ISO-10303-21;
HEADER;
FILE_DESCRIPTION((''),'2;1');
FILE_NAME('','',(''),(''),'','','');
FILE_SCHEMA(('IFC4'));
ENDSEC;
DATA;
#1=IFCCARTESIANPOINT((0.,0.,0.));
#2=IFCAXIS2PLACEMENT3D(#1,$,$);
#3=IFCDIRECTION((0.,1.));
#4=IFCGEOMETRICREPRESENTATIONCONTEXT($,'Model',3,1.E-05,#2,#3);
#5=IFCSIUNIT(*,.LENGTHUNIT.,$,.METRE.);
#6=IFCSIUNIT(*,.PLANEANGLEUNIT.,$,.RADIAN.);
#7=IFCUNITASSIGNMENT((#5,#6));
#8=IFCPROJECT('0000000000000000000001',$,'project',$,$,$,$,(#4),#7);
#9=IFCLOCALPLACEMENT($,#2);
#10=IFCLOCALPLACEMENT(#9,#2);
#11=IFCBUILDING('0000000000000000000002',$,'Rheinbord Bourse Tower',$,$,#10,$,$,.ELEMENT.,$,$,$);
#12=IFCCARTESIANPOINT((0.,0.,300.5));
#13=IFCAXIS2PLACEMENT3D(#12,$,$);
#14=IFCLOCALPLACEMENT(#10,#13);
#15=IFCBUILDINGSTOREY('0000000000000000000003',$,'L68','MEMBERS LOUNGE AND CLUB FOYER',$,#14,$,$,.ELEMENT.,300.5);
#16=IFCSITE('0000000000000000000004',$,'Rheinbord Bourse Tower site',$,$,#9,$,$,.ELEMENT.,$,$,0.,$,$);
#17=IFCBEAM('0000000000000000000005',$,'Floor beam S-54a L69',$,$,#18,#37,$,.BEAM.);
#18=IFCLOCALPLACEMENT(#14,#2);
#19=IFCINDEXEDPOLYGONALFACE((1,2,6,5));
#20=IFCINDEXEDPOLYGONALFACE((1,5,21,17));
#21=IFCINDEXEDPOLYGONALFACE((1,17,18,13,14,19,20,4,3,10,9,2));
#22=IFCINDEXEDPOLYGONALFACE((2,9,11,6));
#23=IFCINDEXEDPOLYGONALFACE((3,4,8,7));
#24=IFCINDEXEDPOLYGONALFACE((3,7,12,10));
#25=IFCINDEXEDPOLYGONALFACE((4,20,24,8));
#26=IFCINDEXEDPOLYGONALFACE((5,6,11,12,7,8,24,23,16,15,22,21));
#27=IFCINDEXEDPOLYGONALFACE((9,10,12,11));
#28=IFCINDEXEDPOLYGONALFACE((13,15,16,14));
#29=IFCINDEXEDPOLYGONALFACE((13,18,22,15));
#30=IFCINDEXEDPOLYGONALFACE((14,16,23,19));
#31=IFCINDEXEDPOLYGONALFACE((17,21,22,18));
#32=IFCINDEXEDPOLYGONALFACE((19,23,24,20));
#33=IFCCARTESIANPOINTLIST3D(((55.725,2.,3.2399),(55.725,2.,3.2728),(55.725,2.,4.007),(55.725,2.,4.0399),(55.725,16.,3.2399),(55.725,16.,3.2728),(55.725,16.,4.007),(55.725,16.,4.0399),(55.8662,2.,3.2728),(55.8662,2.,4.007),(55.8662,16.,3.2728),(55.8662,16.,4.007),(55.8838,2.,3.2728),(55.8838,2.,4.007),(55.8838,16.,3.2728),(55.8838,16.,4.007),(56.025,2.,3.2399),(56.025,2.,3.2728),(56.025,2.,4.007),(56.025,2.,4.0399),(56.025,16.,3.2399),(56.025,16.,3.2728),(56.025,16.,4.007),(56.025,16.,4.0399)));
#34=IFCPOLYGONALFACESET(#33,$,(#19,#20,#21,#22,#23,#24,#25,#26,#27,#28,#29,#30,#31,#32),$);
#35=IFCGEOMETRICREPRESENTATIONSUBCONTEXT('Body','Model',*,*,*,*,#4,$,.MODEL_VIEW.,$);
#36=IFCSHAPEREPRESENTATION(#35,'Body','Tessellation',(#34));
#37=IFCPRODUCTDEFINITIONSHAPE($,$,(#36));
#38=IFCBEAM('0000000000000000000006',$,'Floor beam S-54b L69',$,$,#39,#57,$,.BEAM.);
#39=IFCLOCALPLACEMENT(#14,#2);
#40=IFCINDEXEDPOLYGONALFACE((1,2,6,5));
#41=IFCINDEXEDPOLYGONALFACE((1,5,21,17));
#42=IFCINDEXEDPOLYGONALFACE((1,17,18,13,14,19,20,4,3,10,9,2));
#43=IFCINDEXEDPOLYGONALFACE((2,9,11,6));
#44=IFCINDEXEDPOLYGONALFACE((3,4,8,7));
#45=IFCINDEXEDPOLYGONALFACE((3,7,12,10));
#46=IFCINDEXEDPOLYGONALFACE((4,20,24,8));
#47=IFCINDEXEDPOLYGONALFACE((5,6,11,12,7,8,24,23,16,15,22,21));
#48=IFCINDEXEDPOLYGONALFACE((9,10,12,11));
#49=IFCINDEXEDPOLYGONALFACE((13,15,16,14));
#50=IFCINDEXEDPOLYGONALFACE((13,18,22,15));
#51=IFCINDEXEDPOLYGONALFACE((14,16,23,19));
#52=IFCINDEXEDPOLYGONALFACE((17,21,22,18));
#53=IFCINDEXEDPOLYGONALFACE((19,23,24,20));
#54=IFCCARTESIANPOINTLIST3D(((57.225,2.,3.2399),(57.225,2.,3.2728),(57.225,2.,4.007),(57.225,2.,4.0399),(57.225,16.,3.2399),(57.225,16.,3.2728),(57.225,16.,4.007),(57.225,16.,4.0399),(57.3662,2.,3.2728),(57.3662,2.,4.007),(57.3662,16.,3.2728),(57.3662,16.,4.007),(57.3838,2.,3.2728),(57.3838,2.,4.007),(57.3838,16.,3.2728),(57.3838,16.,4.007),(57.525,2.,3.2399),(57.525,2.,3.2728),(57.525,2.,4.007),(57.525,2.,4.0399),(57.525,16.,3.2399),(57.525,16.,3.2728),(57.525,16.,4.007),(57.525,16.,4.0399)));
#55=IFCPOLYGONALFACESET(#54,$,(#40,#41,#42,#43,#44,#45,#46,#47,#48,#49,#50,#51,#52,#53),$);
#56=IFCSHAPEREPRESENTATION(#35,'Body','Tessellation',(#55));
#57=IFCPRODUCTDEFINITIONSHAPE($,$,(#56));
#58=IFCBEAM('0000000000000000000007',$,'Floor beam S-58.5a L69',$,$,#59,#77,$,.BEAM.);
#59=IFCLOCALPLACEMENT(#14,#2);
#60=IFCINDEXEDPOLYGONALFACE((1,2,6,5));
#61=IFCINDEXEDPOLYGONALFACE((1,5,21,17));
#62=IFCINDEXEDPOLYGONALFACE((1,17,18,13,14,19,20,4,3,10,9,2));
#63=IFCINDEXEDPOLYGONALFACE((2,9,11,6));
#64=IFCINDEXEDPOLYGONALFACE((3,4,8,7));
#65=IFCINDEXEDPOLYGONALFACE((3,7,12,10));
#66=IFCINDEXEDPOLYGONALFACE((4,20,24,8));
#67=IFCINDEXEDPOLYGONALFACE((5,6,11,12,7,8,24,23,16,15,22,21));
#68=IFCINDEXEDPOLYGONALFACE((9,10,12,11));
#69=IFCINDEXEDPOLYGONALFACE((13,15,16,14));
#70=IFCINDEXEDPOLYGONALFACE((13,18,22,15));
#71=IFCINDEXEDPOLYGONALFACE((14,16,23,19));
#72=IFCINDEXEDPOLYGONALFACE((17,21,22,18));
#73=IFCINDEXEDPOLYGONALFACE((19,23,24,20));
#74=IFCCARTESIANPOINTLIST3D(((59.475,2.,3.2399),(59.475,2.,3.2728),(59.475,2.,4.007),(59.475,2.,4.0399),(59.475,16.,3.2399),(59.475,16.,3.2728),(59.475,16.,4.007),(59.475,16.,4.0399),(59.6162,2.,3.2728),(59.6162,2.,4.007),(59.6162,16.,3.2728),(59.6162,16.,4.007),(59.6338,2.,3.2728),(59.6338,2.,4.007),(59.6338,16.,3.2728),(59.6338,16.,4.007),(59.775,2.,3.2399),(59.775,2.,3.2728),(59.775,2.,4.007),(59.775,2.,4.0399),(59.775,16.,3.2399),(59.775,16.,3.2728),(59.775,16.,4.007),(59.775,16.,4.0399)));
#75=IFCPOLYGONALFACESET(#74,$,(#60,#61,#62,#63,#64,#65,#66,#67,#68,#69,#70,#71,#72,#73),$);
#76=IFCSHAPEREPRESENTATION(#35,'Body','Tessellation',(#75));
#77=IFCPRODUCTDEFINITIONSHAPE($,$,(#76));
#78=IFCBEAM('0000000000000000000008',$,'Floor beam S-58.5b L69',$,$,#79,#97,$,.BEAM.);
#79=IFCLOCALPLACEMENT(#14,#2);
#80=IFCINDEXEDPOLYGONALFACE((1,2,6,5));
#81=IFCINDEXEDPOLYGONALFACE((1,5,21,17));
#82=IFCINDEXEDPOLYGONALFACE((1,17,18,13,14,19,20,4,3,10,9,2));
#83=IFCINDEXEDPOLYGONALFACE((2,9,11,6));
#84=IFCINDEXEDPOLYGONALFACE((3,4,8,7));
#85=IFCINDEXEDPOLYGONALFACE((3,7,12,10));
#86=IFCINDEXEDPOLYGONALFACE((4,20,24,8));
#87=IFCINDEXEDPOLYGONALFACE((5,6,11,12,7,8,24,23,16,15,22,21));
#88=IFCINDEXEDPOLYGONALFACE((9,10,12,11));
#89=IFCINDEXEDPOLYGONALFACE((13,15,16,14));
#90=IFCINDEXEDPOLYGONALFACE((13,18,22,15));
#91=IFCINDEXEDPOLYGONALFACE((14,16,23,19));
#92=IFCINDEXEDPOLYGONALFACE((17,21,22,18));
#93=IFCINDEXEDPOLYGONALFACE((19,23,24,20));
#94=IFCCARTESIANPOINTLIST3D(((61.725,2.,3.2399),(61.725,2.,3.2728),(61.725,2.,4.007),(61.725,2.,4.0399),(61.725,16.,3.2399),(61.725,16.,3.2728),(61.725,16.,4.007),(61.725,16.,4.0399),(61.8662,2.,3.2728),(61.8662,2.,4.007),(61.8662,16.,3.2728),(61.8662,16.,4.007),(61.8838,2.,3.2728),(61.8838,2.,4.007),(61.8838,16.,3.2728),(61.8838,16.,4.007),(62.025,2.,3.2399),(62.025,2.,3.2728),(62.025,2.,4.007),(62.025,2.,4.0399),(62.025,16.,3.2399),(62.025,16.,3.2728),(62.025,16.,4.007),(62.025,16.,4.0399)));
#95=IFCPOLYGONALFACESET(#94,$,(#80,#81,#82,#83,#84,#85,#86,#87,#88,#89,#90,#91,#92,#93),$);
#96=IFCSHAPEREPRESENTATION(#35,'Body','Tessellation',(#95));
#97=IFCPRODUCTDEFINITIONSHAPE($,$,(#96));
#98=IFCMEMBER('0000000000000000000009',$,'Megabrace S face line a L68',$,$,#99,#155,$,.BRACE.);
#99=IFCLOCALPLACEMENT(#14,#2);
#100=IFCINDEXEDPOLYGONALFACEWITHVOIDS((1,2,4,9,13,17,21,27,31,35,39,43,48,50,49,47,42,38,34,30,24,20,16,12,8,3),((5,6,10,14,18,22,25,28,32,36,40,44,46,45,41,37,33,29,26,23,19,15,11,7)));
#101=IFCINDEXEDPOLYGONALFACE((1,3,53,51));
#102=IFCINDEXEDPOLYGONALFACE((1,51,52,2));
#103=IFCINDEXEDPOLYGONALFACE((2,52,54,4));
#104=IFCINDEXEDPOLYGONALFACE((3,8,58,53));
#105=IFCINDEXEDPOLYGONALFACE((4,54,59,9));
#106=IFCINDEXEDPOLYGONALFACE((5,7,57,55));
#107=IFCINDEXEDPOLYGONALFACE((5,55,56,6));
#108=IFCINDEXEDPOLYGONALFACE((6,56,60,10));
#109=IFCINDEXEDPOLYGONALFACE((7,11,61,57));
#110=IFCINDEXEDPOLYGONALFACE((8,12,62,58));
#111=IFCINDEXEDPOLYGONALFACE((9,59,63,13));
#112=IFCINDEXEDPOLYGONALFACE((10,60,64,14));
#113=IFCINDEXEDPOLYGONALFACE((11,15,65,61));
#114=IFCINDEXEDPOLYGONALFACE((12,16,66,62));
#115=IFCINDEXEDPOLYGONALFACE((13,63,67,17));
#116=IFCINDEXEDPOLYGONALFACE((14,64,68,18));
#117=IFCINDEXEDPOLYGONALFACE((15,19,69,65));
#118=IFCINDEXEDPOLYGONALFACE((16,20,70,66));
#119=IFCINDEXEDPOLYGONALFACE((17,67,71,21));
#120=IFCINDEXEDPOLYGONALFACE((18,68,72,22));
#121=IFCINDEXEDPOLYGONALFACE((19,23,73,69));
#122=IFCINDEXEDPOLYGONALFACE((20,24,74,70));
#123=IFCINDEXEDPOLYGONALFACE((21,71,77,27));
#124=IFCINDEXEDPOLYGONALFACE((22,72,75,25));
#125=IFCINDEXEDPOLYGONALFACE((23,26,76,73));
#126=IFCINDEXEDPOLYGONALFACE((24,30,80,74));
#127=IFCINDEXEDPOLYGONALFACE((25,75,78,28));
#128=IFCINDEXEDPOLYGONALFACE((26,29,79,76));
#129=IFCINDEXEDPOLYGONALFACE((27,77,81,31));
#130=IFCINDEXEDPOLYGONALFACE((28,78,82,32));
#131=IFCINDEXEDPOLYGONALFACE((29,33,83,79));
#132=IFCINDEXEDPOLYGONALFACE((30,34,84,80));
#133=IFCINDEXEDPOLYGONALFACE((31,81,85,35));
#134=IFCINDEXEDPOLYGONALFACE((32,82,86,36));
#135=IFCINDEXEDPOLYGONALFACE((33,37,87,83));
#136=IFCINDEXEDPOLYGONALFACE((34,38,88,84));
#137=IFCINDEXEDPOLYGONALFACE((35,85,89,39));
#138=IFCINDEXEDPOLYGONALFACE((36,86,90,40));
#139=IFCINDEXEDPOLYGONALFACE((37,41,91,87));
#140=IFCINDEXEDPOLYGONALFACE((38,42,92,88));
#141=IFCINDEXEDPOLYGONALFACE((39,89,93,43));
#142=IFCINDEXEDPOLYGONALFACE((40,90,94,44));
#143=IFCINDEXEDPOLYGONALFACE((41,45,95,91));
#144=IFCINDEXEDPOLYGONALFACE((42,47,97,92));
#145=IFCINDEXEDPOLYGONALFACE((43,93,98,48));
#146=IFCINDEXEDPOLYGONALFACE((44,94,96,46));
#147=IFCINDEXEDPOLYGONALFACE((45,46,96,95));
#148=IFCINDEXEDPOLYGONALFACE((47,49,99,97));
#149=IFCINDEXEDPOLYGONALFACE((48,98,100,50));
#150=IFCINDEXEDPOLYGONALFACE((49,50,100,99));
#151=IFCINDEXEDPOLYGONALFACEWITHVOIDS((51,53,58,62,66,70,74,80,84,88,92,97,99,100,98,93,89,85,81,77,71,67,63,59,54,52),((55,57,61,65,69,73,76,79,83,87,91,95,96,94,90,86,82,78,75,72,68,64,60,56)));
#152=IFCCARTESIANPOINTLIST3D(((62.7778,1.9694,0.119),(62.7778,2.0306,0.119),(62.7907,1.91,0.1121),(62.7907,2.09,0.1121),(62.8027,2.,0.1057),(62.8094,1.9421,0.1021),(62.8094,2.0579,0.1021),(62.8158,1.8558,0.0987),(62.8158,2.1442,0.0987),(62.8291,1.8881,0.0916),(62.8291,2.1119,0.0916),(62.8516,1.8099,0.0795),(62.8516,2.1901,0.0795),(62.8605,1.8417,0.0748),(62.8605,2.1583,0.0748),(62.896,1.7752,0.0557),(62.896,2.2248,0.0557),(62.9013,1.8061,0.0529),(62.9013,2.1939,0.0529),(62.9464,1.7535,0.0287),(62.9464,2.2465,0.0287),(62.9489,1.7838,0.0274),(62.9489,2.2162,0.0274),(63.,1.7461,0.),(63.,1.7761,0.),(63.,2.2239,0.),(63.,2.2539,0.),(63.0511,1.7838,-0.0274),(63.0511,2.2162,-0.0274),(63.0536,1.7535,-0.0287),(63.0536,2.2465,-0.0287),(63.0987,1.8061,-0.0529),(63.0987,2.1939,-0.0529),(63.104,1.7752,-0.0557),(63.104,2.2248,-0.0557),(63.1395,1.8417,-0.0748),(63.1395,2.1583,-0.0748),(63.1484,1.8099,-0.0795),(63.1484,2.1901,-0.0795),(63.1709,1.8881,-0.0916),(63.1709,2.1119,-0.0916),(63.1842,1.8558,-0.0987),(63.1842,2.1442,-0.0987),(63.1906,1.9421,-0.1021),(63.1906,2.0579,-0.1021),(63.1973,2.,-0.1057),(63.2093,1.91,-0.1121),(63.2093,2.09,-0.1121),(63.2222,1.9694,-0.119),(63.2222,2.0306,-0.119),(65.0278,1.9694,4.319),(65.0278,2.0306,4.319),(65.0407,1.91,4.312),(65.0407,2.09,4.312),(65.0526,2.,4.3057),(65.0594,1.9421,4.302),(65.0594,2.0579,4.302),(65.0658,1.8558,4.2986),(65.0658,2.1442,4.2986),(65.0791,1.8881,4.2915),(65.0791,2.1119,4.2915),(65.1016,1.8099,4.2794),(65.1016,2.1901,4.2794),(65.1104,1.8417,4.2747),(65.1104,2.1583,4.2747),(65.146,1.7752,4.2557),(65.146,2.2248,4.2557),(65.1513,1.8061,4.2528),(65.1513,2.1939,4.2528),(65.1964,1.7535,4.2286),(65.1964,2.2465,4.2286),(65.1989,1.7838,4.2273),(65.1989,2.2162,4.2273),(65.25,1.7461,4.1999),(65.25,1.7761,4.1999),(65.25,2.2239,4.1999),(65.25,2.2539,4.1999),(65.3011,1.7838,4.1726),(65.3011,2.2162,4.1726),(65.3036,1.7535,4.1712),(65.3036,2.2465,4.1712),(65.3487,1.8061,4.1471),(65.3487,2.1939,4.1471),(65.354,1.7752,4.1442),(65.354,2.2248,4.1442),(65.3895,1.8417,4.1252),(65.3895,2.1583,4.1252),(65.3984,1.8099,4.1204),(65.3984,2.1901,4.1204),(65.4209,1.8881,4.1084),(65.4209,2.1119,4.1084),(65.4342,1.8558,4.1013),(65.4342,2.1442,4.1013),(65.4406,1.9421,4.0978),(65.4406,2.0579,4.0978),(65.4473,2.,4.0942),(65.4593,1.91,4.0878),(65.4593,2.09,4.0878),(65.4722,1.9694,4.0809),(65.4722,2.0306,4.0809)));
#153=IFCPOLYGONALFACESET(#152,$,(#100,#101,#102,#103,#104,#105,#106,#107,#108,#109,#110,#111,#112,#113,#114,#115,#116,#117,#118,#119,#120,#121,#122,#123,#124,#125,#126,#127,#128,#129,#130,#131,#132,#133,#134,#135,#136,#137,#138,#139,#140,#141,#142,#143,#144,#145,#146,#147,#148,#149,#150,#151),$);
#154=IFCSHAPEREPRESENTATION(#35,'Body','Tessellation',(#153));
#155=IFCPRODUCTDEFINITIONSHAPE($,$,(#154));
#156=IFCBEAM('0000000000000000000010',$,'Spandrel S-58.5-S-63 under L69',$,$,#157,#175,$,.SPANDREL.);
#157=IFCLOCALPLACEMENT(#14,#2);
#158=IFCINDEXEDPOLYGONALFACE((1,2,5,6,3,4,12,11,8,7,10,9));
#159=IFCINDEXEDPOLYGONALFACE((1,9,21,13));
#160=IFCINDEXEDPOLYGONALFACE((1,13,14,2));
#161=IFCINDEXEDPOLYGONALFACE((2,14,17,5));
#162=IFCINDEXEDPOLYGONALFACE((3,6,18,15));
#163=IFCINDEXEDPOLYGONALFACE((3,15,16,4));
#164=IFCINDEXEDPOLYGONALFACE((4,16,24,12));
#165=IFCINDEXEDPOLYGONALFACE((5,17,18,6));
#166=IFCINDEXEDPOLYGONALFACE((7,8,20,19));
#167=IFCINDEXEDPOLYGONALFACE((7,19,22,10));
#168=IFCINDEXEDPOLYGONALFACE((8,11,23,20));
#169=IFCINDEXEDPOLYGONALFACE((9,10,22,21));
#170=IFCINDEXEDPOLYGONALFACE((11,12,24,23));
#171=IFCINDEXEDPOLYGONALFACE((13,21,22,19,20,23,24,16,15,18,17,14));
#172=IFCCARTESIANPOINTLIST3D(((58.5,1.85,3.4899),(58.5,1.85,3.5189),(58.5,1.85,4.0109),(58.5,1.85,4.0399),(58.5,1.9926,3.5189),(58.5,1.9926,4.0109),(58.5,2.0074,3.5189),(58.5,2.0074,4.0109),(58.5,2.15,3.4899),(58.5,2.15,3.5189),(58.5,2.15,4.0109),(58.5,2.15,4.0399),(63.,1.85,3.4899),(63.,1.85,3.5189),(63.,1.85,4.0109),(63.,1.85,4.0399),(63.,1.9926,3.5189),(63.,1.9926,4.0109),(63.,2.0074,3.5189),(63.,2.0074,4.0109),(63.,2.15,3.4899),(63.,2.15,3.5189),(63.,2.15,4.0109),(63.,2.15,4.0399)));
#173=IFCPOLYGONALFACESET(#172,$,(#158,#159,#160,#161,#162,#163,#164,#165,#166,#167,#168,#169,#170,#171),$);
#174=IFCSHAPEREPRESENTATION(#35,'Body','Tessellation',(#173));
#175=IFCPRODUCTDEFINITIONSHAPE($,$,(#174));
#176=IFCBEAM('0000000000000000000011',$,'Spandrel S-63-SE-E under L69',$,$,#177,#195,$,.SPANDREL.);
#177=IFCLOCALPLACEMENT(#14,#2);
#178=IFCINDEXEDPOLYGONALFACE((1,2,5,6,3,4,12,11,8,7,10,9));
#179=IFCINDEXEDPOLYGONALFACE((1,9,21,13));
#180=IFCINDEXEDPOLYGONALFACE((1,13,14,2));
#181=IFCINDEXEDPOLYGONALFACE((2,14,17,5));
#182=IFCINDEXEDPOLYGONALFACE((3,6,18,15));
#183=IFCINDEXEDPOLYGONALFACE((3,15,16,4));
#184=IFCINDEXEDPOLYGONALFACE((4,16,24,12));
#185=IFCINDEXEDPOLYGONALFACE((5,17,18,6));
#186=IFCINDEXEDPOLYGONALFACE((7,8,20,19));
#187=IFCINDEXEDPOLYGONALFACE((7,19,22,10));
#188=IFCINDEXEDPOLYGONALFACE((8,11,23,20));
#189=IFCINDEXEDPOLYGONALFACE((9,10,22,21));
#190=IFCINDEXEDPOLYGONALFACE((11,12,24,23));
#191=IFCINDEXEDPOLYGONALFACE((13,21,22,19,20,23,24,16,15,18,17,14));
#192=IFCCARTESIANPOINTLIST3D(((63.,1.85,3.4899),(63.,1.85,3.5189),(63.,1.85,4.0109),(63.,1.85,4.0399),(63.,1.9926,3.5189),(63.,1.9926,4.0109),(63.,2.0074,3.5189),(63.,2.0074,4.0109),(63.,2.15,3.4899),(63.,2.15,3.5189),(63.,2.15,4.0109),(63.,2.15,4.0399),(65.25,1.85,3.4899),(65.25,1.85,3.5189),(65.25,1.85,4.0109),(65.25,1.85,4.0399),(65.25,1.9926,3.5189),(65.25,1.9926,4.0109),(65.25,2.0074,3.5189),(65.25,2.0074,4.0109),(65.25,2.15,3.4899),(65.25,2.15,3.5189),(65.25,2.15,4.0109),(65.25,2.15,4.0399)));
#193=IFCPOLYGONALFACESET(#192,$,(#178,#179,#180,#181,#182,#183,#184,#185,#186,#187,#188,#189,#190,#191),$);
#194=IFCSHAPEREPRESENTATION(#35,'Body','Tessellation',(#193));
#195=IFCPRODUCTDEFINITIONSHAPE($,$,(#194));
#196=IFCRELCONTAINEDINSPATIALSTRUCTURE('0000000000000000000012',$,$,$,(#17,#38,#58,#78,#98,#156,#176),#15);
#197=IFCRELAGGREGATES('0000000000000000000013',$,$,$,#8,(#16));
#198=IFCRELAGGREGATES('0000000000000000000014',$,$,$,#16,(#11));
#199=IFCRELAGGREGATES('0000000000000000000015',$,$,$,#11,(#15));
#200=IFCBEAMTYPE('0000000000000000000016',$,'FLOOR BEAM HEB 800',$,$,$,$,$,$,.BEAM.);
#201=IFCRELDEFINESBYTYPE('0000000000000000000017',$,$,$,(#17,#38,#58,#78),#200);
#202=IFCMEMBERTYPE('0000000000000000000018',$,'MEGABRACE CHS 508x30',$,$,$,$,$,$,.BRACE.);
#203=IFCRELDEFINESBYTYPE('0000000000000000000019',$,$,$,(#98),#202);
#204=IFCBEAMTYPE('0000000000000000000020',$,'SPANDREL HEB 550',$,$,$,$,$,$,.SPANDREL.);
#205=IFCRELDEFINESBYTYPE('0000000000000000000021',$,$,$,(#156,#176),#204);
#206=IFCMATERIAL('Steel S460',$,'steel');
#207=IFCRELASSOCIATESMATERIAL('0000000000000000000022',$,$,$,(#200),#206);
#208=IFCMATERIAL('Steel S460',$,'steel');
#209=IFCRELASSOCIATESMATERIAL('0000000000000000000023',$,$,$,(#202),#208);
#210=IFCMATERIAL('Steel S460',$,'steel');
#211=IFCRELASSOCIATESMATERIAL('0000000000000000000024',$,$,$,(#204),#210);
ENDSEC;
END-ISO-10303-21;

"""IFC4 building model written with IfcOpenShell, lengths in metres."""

from ifc_helpers import new_model, si_unit, direction, frame, origin, origin_2d, place, context, subcontext, project, spatial, hollow_circle, i_section, extrude, material, material_profile, profile_set, type_object, element, save


model = new_model("IFC4")

# Units and contexts
model_context = context("Model", 3, precision=1e-05, world=origin(), true_north=direction((0.0, 1.0)))
body_context = subcontext(model_context, "Body", "Model", "MODEL_VIEW")
ifc_project = project(units=[si_unit("LENGTHUNIT", "METRE"), si_unit("PLANEANGLEUNIT", "RADIAN")], contexts=[model_context])

# Site, building, storey
site_placement = place(None, origin())
site = spatial("IfcSite", under=ifc_project, at=site_placement, Name="Rheinbord Bourse Tower site", CompositionType="ELEMENT", RefElevation=0.0)
building_placement = place(site_placement, origin())
building = spatial("IfcBuilding", under=site, at=building_placement, Name="Rheinbord Bourse Tower", CompositionType="ELEMENT")
storey_placement = place(building_placement, frame((0.0, 0.0, 300.5)))
storey = spatial("IfcBuildingStorey", under=building, at=storey_placement, Name="L68", Description="MEMBERS LOUNGE AND CLUB FOYER", CompositionType="ELEMENT", Elevation=300.5)

# Beams
ifc_material_1 = material(Name="Steel S460", Category="steel")
ifc_material_profile_1 = material_profile(ifc_material_1, i_section(OverallWidth=0.3, OverallDepth=0.8, WebThickness=0.0176, FlangeThickness=0.033, at=origin_2d()), Name="HEB 800")
ifc_profile_set_1 = profile_set([ifc_material_profile_1], Name="Steel S460")
beam_type_1 = type_object("IfcBeamType", Name="FLOOR BEAM HEB 800", PredefinedType="BEAM", material=ifc_profile_set_1)
for number, where, z_axis, x_axis, name in (
    (1, (55.875, 2.0, 3.6399), (0.0, 1.0, 0.0), (-1.0, 0.0, 0.0), "Floor beam S-54a L69"),
    (2, (57.375, 2.0, 3.6399), (0.0, 1.0, 0.0), (-1.0, 0.0, 0.0), "Floor beam S-54b L69"),
    (3, (59.625, 2.0, 3.6399), (0.0, 1.0, 0.0), (-1.0, 0.0, 0.0), "Floor beam S-58.5a L69"),
    (4, (61.875, 2.0, 3.6399), (0.0, 1.0, 0.0), (-1.0, 0.0, 0.0), "Floor beam S-58.5b L69"),
):
    element("IfcBeam", number, at=place(storey_placement, frame(where, z_axis=z_axis, x_axis=x_axis)), inside=storey, type_object=beam_type_1, Name=name, PredefinedType="BEAM", context=body_context, shape_type="SweptSolid", body=[
        extrude(i_section(OverallWidth=0.3, OverallDepth=0.8, WebThickness=0.0176, FlangeThickness=0.033, at=origin_2d()), origin(), (0.0, 0.0, 1.0), 14.0),
    ])

# Member
ifc_material_2 = material(Name="Steel S460", Category="steel")
ifc_material_profile_2 = material_profile(ifc_material_2, hollow_circle(Radius=0.2539, WallThickness=0.03, at=origin_2d()), Name="CHS 508x30")
ifc_profile_set_2 = profile_set([ifc_material_profile_2], Name="Steel S460")
member_type_1 = type_object("IfcMemberType", Name="MEGABRACE CHS 508x30", PredefinedType="BRACE", material=ifc_profile_set_2)
member_1_placement = place(storey_placement, frame((63.0, 2.0, 0.0), z_axis=(0.472226, 0.0, 0.881478), x_axis=(0.0, 1.0, 0.0)))
element("IfcMember", 5, at=member_1_placement, inside=storey, type_object=member_type_1, Name="Megabrace S face line a L68", PredefinedType="BRACE", context=body_context, shape_type="SweptSolid", body=[
    extrude(hollow_circle(Radius=0.2539, WallThickness=0.03, at=origin_2d()), origin(), (0.0, 0.0, 1.0), 4.7646),
])

# Beams
ifc_material_3 = material(Name="Steel S460", Category="steel")
ifc_material_profile_3 = material_profile(ifc_material_3, i_section(OverallWidth=0.3, OverallDepth=0.55, WebThickness=0.0149, FlangeThickness=0.0291, at=origin_2d()), Name="HEB 550")
ifc_profile_set_3 = profile_set([ifc_material_profile_3], Name="Steel S460")
beam_type_2 = type_object("IfcBeamType", Name="SPANDREL HEB 550", PredefinedType="SPANDREL", material=ifc_profile_set_3)
beam_1_placement = place(storey_placement, frame((58.5, 2.0, 3.7649), z_axis=(1.0, 0.0, 0.0), x_axis=(0.0, 1.0, 0.0)))
element("IfcBeam", 6, at=beam_1_placement, inside=storey, type_object=beam_type_2, Name="Spandrel S-58.5-S-63 under L69", PredefinedType="SPANDREL", context=body_context, shape_type="SweptSolid", body=[
    extrude(i_section(OverallWidth=0.3, OverallDepth=0.55, WebThickness=0.0149, FlangeThickness=0.0291, at=origin_2d()), origin(), (0.0, 0.0, 1.0), 4.5),
])
beam_2_placement = place(storey_placement, frame((63.0, 2.0, 3.7649), z_axis=(1.0, 0.0, 0.0), x_axis=(0.0, 1.0, 0.0)))
element("IfcBeam", 7, at=beam_2_placement, inside=storey, type_object=beam_type_2, Name="Spandrel S-63-SE-E under L69", PredefinedType="SPANDREL", context=body_context, shape_type="SweptSolid", body=[
    extrude(i_section(OverallWidth=0.3, OverallDepth=0.55, WebThickness=0.0149, FlangeThickness=0.0291, at=origin_2d()), origin(), (0.0, 0.0, 1.0), 2.25),
])

save(model, "model.ifc")
